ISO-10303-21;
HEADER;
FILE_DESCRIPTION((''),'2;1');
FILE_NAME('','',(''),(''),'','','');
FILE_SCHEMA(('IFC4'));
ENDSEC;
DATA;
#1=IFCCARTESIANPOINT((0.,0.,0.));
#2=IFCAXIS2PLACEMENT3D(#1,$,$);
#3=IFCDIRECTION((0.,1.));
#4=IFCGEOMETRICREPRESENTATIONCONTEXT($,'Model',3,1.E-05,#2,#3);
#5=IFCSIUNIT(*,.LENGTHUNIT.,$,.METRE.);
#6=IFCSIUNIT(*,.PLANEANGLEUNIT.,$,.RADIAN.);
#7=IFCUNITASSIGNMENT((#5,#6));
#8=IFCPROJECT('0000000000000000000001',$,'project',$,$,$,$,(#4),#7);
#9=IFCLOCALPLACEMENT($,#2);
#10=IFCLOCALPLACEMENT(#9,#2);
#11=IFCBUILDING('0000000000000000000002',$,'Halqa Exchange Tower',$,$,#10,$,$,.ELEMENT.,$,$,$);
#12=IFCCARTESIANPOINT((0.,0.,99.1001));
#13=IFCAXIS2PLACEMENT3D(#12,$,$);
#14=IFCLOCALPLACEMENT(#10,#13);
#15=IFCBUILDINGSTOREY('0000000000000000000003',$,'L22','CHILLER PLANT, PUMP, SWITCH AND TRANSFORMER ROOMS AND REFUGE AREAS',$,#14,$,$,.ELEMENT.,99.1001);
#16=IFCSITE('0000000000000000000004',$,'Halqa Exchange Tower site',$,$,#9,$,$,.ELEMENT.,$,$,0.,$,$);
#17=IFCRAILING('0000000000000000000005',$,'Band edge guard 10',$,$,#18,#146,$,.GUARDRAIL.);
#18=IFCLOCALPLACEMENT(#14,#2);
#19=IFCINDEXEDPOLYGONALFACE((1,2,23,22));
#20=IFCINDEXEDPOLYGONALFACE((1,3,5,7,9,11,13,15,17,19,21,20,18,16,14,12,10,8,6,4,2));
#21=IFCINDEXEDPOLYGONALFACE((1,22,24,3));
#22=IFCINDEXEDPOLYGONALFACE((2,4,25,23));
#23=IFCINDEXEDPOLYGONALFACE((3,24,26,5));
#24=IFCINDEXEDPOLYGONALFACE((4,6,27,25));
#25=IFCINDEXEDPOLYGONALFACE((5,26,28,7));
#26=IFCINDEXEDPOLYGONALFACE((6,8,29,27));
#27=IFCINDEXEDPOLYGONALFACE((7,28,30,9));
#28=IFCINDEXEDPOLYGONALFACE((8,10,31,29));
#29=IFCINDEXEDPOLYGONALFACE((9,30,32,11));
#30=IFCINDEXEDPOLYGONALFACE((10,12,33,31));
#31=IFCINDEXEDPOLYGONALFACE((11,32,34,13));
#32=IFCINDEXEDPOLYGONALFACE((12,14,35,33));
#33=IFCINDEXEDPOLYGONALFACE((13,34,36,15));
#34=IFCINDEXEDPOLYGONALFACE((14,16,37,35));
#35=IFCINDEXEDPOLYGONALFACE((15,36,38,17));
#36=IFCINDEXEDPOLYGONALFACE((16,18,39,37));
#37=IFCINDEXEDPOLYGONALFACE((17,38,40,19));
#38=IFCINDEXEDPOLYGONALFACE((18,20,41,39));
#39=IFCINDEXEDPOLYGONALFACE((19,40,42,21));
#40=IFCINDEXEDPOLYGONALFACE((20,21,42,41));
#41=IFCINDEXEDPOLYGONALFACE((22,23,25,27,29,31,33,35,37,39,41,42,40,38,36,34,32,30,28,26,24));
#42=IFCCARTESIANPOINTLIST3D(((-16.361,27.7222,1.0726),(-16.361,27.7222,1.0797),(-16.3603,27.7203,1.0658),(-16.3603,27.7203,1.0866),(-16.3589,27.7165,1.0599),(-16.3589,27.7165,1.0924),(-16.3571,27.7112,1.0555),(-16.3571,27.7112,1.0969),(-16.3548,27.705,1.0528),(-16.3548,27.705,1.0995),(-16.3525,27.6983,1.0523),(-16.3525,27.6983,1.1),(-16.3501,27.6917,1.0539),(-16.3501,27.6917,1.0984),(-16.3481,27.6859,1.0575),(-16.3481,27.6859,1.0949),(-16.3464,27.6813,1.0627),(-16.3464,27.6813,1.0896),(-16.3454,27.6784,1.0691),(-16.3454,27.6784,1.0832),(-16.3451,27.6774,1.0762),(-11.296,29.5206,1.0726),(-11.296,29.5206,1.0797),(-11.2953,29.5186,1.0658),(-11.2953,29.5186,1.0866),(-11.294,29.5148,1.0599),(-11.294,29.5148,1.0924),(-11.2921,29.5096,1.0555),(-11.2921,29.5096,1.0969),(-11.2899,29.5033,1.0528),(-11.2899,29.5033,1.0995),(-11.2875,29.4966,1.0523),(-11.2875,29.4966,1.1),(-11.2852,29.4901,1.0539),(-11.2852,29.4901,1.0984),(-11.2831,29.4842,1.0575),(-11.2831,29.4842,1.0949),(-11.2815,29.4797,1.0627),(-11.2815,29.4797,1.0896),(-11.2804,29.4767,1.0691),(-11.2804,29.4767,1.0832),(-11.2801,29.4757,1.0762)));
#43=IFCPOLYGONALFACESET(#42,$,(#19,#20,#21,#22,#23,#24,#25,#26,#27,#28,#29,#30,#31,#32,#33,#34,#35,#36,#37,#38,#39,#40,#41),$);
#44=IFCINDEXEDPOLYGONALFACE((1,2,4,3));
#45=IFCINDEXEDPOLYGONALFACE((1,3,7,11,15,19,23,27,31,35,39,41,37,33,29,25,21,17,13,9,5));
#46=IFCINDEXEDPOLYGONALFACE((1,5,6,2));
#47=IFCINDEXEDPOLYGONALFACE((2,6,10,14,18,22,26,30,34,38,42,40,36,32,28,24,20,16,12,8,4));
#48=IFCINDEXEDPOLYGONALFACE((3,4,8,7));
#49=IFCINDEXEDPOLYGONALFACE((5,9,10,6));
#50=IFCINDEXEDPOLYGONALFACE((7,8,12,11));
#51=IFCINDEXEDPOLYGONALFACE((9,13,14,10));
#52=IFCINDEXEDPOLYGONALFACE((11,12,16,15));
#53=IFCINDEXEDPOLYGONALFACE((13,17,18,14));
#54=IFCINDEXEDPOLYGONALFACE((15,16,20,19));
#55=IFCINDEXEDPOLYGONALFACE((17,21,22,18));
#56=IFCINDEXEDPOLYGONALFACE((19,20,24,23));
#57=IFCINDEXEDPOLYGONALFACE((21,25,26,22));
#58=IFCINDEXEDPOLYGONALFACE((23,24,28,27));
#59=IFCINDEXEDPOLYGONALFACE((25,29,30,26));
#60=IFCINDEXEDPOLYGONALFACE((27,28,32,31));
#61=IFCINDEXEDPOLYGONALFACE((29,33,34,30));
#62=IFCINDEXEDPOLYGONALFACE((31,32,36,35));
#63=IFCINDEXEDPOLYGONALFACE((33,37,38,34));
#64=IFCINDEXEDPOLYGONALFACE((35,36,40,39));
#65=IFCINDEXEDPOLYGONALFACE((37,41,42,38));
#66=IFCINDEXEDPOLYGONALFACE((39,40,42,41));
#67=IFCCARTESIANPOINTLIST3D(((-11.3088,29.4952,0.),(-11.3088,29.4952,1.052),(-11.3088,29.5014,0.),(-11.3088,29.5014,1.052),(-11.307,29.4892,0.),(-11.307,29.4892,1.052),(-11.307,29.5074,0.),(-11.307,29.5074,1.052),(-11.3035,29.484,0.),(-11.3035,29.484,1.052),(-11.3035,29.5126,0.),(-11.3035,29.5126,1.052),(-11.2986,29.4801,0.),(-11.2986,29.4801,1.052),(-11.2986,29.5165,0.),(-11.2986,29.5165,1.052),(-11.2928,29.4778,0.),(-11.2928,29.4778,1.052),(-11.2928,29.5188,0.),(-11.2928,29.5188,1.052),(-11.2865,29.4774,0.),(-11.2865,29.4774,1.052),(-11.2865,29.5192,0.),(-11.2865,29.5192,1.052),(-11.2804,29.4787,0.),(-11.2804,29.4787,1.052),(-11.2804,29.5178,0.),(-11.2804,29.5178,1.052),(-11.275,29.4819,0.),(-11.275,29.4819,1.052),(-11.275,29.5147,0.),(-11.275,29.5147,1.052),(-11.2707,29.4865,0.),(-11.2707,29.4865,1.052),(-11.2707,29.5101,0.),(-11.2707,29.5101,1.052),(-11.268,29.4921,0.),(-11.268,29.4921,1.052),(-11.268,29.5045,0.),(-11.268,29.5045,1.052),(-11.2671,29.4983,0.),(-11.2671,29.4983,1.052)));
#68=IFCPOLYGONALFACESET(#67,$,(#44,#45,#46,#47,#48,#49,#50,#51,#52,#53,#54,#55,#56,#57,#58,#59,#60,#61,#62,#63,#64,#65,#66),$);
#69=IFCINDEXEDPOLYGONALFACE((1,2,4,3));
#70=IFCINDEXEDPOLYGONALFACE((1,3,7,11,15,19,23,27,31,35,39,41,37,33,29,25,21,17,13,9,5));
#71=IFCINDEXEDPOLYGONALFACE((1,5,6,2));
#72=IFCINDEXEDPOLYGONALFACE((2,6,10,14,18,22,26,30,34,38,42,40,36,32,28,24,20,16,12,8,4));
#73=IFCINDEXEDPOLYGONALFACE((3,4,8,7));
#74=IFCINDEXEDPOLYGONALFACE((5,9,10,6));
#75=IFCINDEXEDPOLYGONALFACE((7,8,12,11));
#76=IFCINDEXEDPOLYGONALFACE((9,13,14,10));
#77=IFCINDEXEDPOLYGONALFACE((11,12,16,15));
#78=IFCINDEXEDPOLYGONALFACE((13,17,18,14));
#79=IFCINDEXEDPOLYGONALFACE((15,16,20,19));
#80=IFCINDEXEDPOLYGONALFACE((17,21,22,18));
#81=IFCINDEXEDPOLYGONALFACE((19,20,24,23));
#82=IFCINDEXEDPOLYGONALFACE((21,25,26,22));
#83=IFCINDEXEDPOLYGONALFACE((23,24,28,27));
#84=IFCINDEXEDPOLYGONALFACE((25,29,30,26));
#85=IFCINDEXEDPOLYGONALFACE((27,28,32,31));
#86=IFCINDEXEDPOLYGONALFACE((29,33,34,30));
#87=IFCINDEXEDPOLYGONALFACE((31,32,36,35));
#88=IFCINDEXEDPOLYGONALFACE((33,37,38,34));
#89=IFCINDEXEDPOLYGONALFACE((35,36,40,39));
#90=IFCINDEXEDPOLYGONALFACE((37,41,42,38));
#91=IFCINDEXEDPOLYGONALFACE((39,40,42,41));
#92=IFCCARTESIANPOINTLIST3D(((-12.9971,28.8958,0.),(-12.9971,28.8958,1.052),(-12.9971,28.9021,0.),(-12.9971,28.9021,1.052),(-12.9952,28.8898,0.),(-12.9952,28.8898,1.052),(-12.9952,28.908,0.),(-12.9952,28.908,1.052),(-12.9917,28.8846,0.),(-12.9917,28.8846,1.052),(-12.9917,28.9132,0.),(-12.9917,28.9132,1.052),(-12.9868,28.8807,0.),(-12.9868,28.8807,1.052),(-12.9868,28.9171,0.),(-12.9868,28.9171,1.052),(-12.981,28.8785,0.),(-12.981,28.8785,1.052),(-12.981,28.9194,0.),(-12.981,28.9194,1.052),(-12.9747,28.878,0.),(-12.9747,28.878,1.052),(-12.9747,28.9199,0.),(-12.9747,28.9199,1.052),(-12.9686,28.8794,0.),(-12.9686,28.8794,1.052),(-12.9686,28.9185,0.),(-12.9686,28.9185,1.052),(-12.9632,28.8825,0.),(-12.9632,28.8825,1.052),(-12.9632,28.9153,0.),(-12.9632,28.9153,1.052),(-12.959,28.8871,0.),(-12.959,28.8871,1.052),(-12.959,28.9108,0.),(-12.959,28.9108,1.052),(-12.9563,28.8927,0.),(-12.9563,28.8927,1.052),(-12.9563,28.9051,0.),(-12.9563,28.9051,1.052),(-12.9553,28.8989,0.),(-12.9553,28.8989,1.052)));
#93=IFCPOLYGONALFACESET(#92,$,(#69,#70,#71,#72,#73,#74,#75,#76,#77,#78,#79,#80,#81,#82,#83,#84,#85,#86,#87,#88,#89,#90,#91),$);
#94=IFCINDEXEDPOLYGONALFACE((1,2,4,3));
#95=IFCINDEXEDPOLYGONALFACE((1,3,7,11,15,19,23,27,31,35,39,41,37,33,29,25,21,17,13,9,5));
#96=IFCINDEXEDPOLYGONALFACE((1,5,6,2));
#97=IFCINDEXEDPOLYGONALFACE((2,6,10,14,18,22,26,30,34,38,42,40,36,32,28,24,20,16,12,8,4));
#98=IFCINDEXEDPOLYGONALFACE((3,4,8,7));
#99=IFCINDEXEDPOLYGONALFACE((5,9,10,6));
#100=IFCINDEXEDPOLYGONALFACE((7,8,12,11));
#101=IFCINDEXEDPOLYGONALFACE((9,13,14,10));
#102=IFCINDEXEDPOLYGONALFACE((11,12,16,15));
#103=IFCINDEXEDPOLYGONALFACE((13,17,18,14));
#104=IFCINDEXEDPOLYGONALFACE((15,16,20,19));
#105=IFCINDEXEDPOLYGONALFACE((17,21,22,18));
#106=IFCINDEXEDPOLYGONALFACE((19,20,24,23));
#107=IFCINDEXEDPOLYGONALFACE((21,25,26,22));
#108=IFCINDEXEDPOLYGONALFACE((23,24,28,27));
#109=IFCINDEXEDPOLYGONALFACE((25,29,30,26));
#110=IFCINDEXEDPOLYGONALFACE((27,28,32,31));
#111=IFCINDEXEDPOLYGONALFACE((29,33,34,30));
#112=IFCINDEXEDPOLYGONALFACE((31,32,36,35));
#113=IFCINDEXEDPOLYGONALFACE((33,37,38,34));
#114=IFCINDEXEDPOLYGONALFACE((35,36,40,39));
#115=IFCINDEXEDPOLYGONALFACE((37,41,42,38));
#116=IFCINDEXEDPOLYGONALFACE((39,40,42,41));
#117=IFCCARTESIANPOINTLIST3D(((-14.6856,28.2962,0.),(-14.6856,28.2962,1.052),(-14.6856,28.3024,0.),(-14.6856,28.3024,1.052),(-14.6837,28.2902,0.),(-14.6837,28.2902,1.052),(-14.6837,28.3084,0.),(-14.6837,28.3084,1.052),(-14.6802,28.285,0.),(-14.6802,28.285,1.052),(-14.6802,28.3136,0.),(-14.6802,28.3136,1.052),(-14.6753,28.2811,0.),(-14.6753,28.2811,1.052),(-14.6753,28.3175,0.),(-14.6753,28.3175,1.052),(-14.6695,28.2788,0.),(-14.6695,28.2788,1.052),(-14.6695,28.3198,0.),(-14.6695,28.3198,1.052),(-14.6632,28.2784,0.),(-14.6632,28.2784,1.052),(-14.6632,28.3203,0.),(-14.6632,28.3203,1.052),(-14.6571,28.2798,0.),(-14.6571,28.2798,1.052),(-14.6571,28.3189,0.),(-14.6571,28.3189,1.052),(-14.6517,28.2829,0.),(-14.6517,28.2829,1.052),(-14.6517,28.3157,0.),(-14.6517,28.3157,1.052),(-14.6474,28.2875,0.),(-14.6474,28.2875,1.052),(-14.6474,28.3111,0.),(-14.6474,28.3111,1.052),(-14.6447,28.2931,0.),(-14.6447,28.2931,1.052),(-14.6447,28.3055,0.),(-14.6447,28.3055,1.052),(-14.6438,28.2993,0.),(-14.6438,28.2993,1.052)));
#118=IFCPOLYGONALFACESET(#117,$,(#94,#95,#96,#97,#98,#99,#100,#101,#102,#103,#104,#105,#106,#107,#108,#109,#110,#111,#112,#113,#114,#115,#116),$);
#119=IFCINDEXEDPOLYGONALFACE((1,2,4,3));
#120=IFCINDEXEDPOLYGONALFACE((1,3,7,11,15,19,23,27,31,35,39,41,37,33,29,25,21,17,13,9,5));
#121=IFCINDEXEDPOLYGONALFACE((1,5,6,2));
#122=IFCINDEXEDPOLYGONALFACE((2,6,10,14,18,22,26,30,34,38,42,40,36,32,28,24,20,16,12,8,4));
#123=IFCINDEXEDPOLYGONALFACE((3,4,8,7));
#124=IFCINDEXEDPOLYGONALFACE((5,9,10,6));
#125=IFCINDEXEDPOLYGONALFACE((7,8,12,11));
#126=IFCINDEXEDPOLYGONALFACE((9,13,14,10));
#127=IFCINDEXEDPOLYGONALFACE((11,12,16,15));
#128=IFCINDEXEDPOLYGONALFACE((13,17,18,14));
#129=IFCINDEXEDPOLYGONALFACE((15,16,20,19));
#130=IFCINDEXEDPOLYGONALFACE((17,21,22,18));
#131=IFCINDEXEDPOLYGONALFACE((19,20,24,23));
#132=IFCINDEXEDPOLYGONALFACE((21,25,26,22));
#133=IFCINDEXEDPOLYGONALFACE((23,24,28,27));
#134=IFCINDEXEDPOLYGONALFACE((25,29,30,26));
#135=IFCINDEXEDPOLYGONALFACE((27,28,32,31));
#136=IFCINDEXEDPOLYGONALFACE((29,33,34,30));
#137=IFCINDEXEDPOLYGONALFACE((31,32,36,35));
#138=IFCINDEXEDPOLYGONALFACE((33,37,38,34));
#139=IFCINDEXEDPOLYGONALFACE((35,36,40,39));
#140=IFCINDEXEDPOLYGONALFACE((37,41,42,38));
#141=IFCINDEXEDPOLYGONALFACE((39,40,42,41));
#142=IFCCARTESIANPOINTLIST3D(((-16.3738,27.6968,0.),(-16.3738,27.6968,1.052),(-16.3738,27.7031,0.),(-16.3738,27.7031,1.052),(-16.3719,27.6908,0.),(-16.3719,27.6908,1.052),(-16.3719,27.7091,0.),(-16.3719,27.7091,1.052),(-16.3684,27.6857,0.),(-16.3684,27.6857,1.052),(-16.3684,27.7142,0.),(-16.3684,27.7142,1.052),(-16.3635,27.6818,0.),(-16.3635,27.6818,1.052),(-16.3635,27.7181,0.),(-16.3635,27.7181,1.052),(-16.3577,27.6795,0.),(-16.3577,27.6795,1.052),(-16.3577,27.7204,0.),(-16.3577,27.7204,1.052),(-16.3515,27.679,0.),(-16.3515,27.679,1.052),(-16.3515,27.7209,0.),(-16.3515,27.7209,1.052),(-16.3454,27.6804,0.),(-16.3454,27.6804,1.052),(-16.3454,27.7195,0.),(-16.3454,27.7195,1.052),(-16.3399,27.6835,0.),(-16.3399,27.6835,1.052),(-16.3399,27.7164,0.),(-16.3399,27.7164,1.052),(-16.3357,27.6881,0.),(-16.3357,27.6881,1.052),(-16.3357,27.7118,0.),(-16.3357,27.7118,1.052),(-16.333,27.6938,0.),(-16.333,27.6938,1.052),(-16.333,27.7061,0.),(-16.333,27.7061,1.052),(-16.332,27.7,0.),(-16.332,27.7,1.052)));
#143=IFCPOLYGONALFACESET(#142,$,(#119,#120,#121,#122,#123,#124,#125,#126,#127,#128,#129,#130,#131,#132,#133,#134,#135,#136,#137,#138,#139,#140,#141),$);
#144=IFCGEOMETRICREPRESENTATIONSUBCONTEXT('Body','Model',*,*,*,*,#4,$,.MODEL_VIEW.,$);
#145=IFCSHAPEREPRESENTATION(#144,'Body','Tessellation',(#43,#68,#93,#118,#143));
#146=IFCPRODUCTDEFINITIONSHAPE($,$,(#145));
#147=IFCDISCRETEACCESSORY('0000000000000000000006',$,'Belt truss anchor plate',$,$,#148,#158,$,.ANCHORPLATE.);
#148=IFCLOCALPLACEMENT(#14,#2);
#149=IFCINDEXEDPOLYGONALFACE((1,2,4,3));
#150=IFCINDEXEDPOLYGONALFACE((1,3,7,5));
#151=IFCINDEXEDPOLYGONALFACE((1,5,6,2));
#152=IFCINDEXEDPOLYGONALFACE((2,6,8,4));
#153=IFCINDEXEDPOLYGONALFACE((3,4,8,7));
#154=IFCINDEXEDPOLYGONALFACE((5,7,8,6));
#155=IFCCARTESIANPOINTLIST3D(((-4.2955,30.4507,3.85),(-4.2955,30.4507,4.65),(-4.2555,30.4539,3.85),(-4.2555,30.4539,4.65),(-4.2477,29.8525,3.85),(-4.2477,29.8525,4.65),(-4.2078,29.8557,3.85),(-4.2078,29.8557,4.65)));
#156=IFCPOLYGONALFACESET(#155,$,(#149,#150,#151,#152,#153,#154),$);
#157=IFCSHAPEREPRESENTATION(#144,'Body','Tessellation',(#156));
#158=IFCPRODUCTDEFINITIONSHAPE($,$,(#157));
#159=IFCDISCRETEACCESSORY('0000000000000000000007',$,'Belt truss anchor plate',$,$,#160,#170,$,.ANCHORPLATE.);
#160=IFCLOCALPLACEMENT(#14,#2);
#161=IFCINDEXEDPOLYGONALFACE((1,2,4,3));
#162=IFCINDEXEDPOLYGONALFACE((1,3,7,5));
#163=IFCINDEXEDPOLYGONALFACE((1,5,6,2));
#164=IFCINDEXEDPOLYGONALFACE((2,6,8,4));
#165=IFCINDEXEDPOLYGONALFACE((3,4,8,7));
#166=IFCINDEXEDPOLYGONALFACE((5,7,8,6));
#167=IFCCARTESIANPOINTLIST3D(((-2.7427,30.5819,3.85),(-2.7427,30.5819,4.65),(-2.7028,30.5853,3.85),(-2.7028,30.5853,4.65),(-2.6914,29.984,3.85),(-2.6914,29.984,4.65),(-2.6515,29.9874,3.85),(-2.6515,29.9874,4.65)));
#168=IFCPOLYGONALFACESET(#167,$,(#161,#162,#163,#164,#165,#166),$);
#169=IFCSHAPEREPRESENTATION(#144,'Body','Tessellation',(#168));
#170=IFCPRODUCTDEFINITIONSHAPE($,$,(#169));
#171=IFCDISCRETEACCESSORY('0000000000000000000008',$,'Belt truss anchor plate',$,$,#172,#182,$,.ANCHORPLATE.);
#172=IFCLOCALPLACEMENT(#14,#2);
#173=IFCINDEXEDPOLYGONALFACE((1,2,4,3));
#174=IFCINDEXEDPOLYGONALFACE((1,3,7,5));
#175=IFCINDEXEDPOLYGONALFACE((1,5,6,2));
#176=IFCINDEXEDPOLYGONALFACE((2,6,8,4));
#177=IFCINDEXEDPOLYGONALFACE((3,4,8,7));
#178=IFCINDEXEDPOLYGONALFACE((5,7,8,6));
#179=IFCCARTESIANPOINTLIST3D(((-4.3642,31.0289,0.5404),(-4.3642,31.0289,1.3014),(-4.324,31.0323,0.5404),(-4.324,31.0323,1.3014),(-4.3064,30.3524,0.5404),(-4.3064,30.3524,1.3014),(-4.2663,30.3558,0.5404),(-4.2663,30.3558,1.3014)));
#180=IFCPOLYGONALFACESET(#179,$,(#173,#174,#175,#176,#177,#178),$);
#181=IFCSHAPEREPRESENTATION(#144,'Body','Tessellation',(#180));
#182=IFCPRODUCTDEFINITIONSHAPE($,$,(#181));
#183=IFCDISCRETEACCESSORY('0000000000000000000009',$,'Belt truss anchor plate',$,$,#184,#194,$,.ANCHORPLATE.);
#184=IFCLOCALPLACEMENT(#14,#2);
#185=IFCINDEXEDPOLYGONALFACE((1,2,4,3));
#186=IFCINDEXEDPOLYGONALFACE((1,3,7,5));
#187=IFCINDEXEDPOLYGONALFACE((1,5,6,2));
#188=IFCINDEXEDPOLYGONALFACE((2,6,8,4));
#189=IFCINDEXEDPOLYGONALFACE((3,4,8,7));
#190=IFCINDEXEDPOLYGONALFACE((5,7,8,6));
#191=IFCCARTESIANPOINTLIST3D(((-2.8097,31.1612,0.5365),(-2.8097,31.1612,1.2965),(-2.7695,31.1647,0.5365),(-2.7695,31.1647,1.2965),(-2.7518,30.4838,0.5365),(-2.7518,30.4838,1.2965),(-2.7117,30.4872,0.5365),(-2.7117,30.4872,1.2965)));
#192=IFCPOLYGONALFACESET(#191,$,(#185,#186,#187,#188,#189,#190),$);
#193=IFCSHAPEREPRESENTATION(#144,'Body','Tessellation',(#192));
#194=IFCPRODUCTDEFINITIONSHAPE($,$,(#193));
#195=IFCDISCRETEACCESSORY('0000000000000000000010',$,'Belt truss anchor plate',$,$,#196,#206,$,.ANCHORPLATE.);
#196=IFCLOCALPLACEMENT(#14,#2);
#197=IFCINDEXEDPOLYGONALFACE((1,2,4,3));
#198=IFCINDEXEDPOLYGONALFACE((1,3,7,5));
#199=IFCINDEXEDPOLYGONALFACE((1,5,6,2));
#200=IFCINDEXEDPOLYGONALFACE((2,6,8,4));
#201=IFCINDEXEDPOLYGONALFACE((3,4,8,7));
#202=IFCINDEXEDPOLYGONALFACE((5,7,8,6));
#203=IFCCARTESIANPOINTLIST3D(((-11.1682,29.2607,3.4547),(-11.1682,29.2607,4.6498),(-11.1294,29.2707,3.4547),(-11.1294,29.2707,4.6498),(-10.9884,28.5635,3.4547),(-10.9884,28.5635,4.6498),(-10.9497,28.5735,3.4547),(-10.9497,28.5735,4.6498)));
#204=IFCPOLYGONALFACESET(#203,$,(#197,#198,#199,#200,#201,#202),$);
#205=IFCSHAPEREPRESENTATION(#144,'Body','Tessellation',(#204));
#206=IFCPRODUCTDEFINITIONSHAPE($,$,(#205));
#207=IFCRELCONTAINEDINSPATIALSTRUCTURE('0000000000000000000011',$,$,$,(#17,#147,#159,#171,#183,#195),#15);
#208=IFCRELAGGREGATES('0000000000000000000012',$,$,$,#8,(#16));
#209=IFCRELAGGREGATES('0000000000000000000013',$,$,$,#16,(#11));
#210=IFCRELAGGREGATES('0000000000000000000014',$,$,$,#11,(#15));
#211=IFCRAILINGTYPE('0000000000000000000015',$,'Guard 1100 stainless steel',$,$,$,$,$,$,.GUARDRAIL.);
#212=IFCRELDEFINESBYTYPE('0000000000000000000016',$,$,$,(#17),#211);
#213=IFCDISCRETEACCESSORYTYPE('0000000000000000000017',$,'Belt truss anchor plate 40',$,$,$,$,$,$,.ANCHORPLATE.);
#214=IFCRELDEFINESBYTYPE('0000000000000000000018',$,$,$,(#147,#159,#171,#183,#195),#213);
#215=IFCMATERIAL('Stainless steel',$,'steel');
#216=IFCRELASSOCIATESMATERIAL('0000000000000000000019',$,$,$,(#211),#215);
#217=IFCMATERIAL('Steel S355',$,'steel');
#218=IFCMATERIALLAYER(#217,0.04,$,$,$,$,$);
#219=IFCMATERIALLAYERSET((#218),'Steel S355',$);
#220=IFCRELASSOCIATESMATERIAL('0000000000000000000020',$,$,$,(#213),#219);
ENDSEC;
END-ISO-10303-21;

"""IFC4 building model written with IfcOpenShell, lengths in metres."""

from ifc_helpers import new_model, si_unit, direction, frame, origin, origin_2d, place, context, subcontext, project, spatial, rectangle, circle, extrude, material, layer, layer_set, type_object, element, save


model = new_model("IFC4")

# Units and contexts
model_context = context("Model", 3, precision=1e-05, world=origin(), true_north=direction((0.0, 1.0)))
body_context = subcontext(model_context, "Body", "Model", "MODEL_VIEW")
ifc_project = project(units=[si_unit("LENGTHUNIT", "METRE"), si_unit("PLANEANGLEUNIT", "RADIAN")], contexts=[model_context])

# Site, building, storey
site_placement = place(None, origin())
site = spatial("IfcSite", under=ifc_project, at=site_placement, Name="Halqa Exchange Tower site", CompositionType="ELEMENT", RefElevation=0.0)
building_placement = place(site_placement, origin())
building = spatial("IfcBuilding", under=site, at=building_placement, Name="Halqa Exchange Tower", CompositionType="ELEMENT")
storey_placement = place(building_placement, frame((0.0, 0.0, 99.1001)))
storey = spatial("IfcBuildingStorey", under=building, at=storey_placement, Name="L22", Description="CHILLER PLANT, PUMP, SWITCH AND TRANSFORMER ROOMS AND REFUGE AREAS", CompositionType="ELEMENT", Elevation=99.1001)

# Shared definitions
ifc_material_1 = material(Name="Steel S355", Category="steel")

# Railing
ifc_material_2 = material(Name="Stainless steel", Category="steel")
railing_type = type_object("IfcRailingType", Name="Guard 1100 stainless steel", PredefinedType="GUARDRAIL", material=ifc_material_2)
railing_1_placement = place(storey_placement, frame((-11.2881, 29.4983, 0.0)))
element("IfcRailing", 1, at=railing_1_placement, inside=storey, type_object=railing_type, Name="Band edge guard 10", PredefinedType="GUARDRAIL", context=body_context, shape_type="SweptSolid", body=[
    extrude(circle(Radius=0.0239, at=origin_2d()), frame((0.0, 0.0, 1.0762), z_axis=(-0.942363, -0.334592, 0.0), x_axis=(0.334592, -0.942363, 0.0)), (0.0, 0.0, 1.0), 5.3748),
    extrude(circle(Radius=0.021, at=origin_2d()), origin(), (0.0, 0.0, 1.0), 1.052),
    extrude(circle(Radius=0.021, at=origin_2d()), frame((-1.6882, -0.5994, 0.0)), (0.0, 0.0, 1.0), 1.052),
    extrude(circle(Radius=0.021, at=origin_2d()), frame((-3.3767, -1.199, 0.0)), (0.0, 0.0, 1.0), 1.052),
    extrude(circle(Radius=0.021, at=origin_2d()), frame((-5.0649, -1.7983, 0.0)), (0.0, 0.0, 1.0), 1.052),
])

# Discrete accessories
ifc_layer_1 = layer(ifc_material_1, 0.04)
ifc_layer_set_1 = layer_set([ifc_layer_1], Name="Steel S355")
discrete_accessory_type = type_object("IfcDiscreteAccessoryType", Name="Belt truss anchor plate 40", PredefinedType="ANCHORPLATE", material=ifc_layer_set_1)
for number, where, z_axis, x_axis, name in (
    (2, (-4.2317, 30.1548, 4.25), (-0.996835, -0.079502, 0.0), (0.079502, -0.996835, 0.0), "Belt truss anchor plate"),
    (3, (-2.717, 30.283, 4.25), (0.996332, 0.085575, 0.0), (-0.085575, 0.996332, 0.0), "Belt truss anchor plate"),
):
    element("IfcDiscreteAccessory", number, at=place(storey_placement, frame(where, z_axis=z_axis, x_axis=x_axis)), inside=storey, type_object=discrete_accessory_type, Name=name, PredefinedType="ANCHORPLATE", context=body_context, shape_type="SweptSolid", body=[
        extrude(rectangle(XDim=0.6001, YDim=0.8, at=origin_2d()), origin(), (0.0, 0.0, 1.0), 0.04),
    ])
discrete_accessory_1_placement = place(storey_placement, frame((-4.2952, 30.6941, 0.9209), z_axis=(-0.996376, -0.085056, 0.0), x_axis=(0.085056, -0.996376, 0.0)))
element("IfcDiscreteAccessory", 4, at=discrete_accessory_1_placement, inside=storey, type_object=discrete_accessory_type, Name="Belt truss anchor plate", PredefinedType="ANCHORPLATE", context=body_context, shape_type="SweptSolid", body=[
    extrude(rectangle(XDim=0.679, YDim=0.761, at=origin_2d()), origin(), (0.0, 0.0, 1.0), 0.0403),
])
discrete_accessory_2_placement = place(storey_placement, frame((-2.7808, 30.8225, 0.9165), z_axis=(0.996376, 0.085056, 0.0), x_axis=(-0.085056, 0.996376, 0.0)))
element("IfcDiscreteAccessory", 5, at=discrete_accessory_2_placement, inside=storey, type_object=discrete_accessory_type, Name="Belt truss anchor plate", PredefinedType="ANCHORPLATE", context=body_context, shape_type="SweptSolid", body=[
    extrude(rectangle(XDim=0.6799, YDim=0.76, at=origin_2d()), origin(), (0.0, 0.0, 1.0), 0.0403),
])
discrete_accessory_3_placement = place(storey_placement, frame((-11.0396, 28.9221, 4.0522), z_axis=(-0.968325, -0.249694, 0.0), x_axis=(0.249694, -0.968325, 0.0)))
element("IfcDiscreteAccessory", 6, at=discrete_accessory_3_placement, inside=storey, type_object=discrete_accessory_type, Name="Belt truss anchor plate", PredefinedType="ANCHORPLATE", context=body_context, shape_type="SweptSolid", body=[
    extrude(rectangle(XDim=0.72, YDim=1.1951, at=origin_2d()), origin(), (0.0, 0.0, 1.0), 0.04),
])

save(model, "model.ifc")
